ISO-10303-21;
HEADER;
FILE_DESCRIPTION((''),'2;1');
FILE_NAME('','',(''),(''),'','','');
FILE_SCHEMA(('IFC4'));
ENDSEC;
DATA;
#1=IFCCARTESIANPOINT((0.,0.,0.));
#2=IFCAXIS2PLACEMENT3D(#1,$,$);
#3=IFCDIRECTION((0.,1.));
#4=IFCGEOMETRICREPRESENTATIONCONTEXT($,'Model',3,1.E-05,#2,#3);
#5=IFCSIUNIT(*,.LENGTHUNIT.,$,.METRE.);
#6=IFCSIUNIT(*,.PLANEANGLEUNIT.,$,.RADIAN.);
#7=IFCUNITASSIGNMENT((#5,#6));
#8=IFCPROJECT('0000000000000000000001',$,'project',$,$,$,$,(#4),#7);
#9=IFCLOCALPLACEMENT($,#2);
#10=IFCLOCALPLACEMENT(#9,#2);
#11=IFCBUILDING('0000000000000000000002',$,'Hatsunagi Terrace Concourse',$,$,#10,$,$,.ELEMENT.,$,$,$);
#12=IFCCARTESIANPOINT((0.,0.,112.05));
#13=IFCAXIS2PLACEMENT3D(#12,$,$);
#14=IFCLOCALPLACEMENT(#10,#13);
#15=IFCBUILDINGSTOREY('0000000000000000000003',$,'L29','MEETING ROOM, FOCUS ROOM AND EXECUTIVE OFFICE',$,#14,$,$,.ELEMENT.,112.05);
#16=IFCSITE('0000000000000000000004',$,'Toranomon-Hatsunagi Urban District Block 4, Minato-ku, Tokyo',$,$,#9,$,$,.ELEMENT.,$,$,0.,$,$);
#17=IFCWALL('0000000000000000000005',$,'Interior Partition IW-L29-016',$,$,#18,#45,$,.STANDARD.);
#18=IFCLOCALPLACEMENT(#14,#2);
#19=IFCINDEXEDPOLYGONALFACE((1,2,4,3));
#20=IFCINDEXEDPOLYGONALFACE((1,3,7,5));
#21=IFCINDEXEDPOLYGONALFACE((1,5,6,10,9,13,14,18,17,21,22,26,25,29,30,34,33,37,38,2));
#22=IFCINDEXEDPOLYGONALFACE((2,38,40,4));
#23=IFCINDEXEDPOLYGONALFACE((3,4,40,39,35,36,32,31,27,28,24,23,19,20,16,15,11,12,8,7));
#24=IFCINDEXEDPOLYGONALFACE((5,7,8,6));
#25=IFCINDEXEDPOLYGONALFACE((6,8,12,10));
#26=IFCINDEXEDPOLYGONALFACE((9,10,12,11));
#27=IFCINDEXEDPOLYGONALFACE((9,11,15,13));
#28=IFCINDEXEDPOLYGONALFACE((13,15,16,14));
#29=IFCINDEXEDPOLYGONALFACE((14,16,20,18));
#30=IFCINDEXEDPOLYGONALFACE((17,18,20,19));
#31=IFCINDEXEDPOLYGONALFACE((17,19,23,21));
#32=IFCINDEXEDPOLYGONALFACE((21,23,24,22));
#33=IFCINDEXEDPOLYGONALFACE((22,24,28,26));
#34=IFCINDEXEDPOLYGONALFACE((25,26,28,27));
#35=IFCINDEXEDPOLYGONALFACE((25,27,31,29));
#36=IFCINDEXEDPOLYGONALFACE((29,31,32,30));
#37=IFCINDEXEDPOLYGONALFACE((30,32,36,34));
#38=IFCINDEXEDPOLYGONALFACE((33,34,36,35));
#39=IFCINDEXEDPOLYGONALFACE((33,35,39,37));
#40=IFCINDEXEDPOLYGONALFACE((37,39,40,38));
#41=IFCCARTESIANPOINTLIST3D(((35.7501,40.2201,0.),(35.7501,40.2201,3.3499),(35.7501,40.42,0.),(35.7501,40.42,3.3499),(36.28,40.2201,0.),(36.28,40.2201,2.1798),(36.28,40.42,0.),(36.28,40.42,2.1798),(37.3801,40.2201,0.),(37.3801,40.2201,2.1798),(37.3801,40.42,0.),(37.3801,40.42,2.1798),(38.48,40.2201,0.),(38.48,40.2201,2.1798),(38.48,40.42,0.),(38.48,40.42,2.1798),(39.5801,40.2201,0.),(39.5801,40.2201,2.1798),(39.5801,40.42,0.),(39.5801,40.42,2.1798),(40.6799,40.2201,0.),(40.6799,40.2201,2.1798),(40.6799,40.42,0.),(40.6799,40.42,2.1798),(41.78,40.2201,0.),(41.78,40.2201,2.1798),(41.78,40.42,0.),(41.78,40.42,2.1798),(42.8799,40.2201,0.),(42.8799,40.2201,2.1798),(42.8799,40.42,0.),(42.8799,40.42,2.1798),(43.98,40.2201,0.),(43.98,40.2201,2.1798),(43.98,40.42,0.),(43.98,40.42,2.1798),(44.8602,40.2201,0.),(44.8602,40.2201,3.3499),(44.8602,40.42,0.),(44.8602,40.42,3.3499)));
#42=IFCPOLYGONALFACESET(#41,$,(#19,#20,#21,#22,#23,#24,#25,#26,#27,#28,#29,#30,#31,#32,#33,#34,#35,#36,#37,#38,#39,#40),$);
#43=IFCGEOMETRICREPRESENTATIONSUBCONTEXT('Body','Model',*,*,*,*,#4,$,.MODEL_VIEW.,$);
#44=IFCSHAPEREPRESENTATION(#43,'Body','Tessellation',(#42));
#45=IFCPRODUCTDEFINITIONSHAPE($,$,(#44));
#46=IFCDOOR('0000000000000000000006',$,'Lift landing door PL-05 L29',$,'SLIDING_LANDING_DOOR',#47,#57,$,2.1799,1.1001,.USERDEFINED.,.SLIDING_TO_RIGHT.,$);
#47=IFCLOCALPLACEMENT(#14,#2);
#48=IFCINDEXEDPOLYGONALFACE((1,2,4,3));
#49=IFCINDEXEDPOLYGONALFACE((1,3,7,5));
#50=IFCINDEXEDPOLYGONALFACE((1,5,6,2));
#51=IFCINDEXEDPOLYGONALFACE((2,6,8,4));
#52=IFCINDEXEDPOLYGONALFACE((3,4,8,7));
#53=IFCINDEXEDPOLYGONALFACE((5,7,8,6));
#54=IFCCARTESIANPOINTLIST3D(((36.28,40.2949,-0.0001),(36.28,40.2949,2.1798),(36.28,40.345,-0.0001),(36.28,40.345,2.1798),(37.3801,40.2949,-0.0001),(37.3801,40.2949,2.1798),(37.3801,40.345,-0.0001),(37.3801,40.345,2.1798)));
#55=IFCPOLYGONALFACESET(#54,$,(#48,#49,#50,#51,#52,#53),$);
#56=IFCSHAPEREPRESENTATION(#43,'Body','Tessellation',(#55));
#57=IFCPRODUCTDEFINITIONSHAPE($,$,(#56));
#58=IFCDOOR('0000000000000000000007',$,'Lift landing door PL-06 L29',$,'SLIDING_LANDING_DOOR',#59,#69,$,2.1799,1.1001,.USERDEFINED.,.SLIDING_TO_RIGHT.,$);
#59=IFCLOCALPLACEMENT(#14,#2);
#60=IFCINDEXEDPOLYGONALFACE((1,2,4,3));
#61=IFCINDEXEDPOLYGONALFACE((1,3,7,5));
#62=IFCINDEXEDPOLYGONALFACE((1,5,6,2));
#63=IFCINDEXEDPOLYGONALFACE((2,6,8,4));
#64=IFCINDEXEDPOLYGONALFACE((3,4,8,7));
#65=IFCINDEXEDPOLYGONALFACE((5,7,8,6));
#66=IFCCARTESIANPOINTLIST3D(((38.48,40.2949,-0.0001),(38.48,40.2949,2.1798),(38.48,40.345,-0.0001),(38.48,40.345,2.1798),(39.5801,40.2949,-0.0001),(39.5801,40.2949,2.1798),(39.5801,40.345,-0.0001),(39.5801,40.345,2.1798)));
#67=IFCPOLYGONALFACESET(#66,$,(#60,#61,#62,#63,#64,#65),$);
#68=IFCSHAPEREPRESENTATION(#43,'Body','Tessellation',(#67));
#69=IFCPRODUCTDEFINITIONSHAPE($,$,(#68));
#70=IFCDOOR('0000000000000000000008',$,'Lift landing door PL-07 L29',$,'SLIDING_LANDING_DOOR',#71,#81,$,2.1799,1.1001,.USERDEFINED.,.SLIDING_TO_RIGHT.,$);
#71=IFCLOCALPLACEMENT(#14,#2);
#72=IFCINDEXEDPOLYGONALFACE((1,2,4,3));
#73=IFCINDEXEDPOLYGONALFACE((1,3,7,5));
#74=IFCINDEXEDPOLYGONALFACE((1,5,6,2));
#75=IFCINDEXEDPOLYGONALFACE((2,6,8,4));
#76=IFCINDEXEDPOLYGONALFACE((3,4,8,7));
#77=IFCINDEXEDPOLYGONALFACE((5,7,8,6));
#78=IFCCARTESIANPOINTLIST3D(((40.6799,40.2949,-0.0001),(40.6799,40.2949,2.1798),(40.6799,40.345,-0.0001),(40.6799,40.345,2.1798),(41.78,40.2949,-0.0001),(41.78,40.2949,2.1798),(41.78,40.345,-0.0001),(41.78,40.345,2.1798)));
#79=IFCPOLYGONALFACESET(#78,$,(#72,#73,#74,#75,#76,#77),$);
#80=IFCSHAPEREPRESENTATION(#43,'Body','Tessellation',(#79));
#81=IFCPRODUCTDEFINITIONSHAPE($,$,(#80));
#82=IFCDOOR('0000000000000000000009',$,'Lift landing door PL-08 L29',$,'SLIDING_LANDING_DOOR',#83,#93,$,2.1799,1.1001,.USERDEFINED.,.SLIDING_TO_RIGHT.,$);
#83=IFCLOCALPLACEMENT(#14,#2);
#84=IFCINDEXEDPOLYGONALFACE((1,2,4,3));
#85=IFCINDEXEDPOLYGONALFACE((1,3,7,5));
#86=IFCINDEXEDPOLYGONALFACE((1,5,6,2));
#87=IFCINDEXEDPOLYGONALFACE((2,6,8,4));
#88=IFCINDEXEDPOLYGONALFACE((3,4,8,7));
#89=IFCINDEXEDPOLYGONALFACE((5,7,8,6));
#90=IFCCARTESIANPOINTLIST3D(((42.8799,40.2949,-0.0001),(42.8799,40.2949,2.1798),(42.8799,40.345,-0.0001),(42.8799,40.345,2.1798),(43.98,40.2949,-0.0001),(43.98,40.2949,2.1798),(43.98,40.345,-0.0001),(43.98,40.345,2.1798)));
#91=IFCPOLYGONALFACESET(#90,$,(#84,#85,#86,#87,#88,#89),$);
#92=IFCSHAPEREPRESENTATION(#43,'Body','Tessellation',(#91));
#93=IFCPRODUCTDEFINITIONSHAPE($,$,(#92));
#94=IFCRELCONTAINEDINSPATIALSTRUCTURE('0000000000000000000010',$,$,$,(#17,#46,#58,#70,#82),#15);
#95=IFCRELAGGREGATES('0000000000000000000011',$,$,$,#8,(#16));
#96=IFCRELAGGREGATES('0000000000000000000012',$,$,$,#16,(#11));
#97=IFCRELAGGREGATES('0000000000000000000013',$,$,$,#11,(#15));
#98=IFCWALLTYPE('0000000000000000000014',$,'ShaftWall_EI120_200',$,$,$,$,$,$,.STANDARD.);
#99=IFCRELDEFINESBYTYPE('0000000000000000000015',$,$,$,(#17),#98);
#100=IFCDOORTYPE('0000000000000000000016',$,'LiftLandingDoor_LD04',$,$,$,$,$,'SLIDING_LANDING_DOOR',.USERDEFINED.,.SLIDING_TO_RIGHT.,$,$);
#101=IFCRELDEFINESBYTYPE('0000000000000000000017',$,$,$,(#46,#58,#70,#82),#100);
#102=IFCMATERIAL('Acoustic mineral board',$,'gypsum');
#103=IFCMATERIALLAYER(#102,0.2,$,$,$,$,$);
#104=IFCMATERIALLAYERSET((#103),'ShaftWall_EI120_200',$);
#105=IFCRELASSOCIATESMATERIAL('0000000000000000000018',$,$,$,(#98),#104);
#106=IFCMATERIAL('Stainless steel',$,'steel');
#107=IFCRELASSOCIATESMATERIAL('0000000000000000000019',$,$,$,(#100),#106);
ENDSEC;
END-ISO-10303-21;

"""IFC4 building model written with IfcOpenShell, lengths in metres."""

from ifc_helpers import new_model, si_unit, direction, frame, frame_2d, origin, place, context, subcontext, project, spatial, rectangle, extrude, material, layer, layer_set, type_object, element, fill, save


model = new_model("IFC4")

# Units and contexts
model_context = context("Model", 3, precision=1e-05, world=origin(), true_north=direction((0.0, 1.0)))
body_context = subcontext(model_context, "Body", "Model", "MODEL_VIEW")
ifc_project = project(units=[si_unit("LENGTHUNIT", "METRE"), si_unit("PLANEANGLEUNIT", "RADIAN")], contexts=[model_context])

# Site, building, storey
site_placement = place(None, origin())
site = spatial("IfcSite", under=ifc_project, at=site_placement, Name="Toranomon-Hatsunagi Urban District Block 4, Minato-ku, Tokyo", CompositionType="ELEMENT", RefElevation=0.0)
building_placement = place(site_placement, origin())
building = spatial("IfcBuilding", under=site, at=building_placement, Name="Hatsunagi Terrace Concourse", CompositionType="ELEMENT")
storey_placement = place(building_placement, frame((0.0, 0.0, 112.05)))
storey = spatial("IfcBuildingStorey", under=building, at=storey_placement, Name="L29", Description="MEETING ROOM, FOCUS ROOM AND EXECUTIVE OFFICE", CompositionType="ELEMENT", Elevation=112.05)

# Shared definitions
ifc_material_1 = material(Name="Acoustic mineral board", Category="gypsum")
ifc_layer_1 = layer(ifc_material_1, 0.2)
ifc_layer_set_1 = layer_set([ifc_layer_1], Name="ShaftWall_EI120_200")
wall_type_1 = type_object("IfcWallType", Name="ShaftWall_EI120_200", PredefinedType="STANDARD", material=ifc_layer_set_1)

# Wall, openings, doors
wall_1_placement = place(storey_placement, frame((35.75, 40.3201, 0.0), z_axis=(0.0, 0.0, 1.0), x_axis=(1.0, 0.0, 0.0)))
wall_1 = element("IfcWall", 1, at=wall_1_placement, inside=storey, type_object=wall_type_1, Name="Interior Partition IW-L29-016", PredefinedType="STANDARD", context=body_context, shape_type="SweptSolid", body=[
    extrude(rectangle(XDim=9.1101, YDim=0.2, at=frame_2d((4.5552, 0.0))), origin(), (0.0, 0.0, 1.0), 3.3499),
])
opening_1_placement = place(wall_1_placement, frame((0.53, 0.0, 0.0)))
opening_1 = element("IfcOpeningElement", 2, at=opening_1_placement, cuts=wall_1, PredefinedType="OPENING", context=body_context, shape_type="SweptSolid", body=[
    extrude(rectangle(XDim=1.1001, YDim=2.1799, at=frame_2d((0.55, 1.0898))), frame((0.0, 0.1099, 0.0), z_axis=(0.0, -1.0, 0.0), x_axis=(1.0, 0.0, 0.0)), (0.0, 0.0, 1.0), 0.22),
])
opening_2_placement = place(wall_1_placement, frame((2.73, 0.0, 0.0)))
opening_2 = element("IfcOpeningElement", 3, at=opening_2_placement, cuts=wall_1, PredefinedType="OPENING", context=body_context, shape_type="SweptSolid", body=[
    extrude(rectangle(XDim=1.1001, YDim=2.1799, at=frame_2d((0.55, 1.0898))), frame((0.0, 0.1099, 0.0), z_axis=(0.0, -1.0, 0.0), x_axis=(1.0, 0.0, 0.0)), (0.0, 0.0, 1.0), 0.22),
])
opening_3_placement = place(wall_1_placement, frame((4.9299, 0.0, 0.0)))
opening_3 = element("IfcOpeningElement", 4, at=opening_3_placement, cuts=wall_1, PredefinedType="OPENING", context=body_context, shape_type="SweptSolid", body=[
    extrude(rectangle(XDim=1.1001, YDim=2.1799, at=frame_2d((0.55, 1.0898))), frame((0.0, 0.1099, 0.0), z_axis=(0.0, -1.0, 0.0), x_axis=(1.0, 0.0, 0.0)), (0.0, 0.0, 1.0), 0.22),
])
opening_4_placement = place(wall_1_placement, frame((7.1299, 0.0, 0.0)))
opening_4 = element("IfcOpeningElement", 5, at=opening_4_placement, cuts=wall_1, PredefinedType="OPENING", context=body_context, shape_type="SweptSolid", body=[
    extrude(rectangle(XDim=1.1001, YDim=2.1799, at=frame_2d((0.55, 1.0898))), frame((0.0, 0.1099, 0.0), z_axis=(0.0, -1.0, 0.0), x_axis=(1.0, 0.0, 0.0)), (0.0, 0.0, 1.0), 0.22),
])
ifc_material_2 = material(Name="Stainless steel", Category="steel")
door_type_1 = type_object("IfcDoorType", Name="LiftLandingDoor_LD04", ElementType="SLIDING_LANDING_DOOR", OperationType="SLIDING_TO_RIGHT", PredefinedType="USERDEFINED", material=ifc_material_2)
door_1_placement = place(opening_1_placement, origin())
door_1 = element("IfcDoor", 6, at=door_1_placement, inside=storey, type_object=door_type_1, Name="Lift landing door PL-05 L29", ObjectType="SLIDING_LANDING_DOOR", OperationType="SLIDING_TO_RIGHT", OverallHeight=2.1799, OverallWidth=1.1001, PredefinedType="USERDEFINED", context=body_context, shape_type="SweptSolid", body=[
    extrude(rectangle(XDim=1.1001, YDim=2.1799, at=frame_2d((0.55, 1.0898))), frame((0.0, 0.0249, 0.0), z_axis=(0.0, -1.0, 0.0), x_axis=(1.0, 0.0, 0.0)), (0.0, 0.0, 1.0), 0.05),
])
fill(opening_1, door_1)
door_2_placement = place(opening_2_placement, origin())
door_2 = element("IfcDoor", 7, at=door_2_placement, inside=storey, type_object=door_type_1, Name="Lift landing door PL-06 L29", ObjectType="SLIDING_LANDING_DOOR", OperationType="SLIDING_TO_RIGHT", OverallHeight=2.1799, OverallWidth=1.1001, PredefinedType="USERDEFINED", context=body_context, shape_type="SweptSolid", body=[
    extrude(rectangle(XDim=1.1001, YDim=2.1799, at=frame_2d((0.55, 1.0898))), frame((0.0, 0.0249, 0.0), z_axis=(0.0, -1.0, 0.0), x_axis=(1.0, 0.0, 0.0)), (0.0, 0.0, 1.0), 0.05),
])
fill(opening_2, door_2)
door_3_placement = place(opening_3_placement, origin())
door_3 = element("IfcDoor", 8, at=door_3_placement, inside=storey, type_object=door_type_1, Name="Lift landing door PL-07 L29", ObjectType="SLIDING_LANDING_DOOR", OperationType="SLIDING_TO_RIGHT", OverallHeight=2.1799, OverallWidth=1.1001, PredefinedType="USERDEFINED", context=body_context, shape_type="SweptSolid", body=[
    extrude(rectangle(XDim=1.1001, YDim=2.1799, at=frame_2d((0.55, 1.0898))), frame((0.0, 0.0249, 0.0), z_axis=(0.0, -1.0, 0.0), x_axis=(1.0, 0.0, 0.0)), (0.0, 0.0, 1.0), 0.05),
])
fill(opening_3, door_3)
door_4_placement = place(opening_4_placement, origin())
door_4 = element("IfcDoor", 9, at=door_4_placement, inside=storey, type_object=door_type_1, Name="Lift landing door PL-08 L29", ObjectType="SLIDING_LANDING_DOOR", OperationType="SLIDING_TO_RIGHT", OverallHeight=2.1799, OverallWidth=1.1001, PredefinedType="USERDEFINED", context=body_context, shape_type="SweptSolid", body=[
    extrude(rectangle(XDim=1.1001, YDim=2.1799, at=frame_2d((0.55, 1.0898))), frame((0.0, 0.0249, 0.0), z_axis=(0.0, -1.0, 0.0), x_axis=(1.0, 0.0, 0.0)), (0.0, 0.0, 1.0), 0.05),
])
fill(opening_4, door_4)

save(model, "model.ifc")
